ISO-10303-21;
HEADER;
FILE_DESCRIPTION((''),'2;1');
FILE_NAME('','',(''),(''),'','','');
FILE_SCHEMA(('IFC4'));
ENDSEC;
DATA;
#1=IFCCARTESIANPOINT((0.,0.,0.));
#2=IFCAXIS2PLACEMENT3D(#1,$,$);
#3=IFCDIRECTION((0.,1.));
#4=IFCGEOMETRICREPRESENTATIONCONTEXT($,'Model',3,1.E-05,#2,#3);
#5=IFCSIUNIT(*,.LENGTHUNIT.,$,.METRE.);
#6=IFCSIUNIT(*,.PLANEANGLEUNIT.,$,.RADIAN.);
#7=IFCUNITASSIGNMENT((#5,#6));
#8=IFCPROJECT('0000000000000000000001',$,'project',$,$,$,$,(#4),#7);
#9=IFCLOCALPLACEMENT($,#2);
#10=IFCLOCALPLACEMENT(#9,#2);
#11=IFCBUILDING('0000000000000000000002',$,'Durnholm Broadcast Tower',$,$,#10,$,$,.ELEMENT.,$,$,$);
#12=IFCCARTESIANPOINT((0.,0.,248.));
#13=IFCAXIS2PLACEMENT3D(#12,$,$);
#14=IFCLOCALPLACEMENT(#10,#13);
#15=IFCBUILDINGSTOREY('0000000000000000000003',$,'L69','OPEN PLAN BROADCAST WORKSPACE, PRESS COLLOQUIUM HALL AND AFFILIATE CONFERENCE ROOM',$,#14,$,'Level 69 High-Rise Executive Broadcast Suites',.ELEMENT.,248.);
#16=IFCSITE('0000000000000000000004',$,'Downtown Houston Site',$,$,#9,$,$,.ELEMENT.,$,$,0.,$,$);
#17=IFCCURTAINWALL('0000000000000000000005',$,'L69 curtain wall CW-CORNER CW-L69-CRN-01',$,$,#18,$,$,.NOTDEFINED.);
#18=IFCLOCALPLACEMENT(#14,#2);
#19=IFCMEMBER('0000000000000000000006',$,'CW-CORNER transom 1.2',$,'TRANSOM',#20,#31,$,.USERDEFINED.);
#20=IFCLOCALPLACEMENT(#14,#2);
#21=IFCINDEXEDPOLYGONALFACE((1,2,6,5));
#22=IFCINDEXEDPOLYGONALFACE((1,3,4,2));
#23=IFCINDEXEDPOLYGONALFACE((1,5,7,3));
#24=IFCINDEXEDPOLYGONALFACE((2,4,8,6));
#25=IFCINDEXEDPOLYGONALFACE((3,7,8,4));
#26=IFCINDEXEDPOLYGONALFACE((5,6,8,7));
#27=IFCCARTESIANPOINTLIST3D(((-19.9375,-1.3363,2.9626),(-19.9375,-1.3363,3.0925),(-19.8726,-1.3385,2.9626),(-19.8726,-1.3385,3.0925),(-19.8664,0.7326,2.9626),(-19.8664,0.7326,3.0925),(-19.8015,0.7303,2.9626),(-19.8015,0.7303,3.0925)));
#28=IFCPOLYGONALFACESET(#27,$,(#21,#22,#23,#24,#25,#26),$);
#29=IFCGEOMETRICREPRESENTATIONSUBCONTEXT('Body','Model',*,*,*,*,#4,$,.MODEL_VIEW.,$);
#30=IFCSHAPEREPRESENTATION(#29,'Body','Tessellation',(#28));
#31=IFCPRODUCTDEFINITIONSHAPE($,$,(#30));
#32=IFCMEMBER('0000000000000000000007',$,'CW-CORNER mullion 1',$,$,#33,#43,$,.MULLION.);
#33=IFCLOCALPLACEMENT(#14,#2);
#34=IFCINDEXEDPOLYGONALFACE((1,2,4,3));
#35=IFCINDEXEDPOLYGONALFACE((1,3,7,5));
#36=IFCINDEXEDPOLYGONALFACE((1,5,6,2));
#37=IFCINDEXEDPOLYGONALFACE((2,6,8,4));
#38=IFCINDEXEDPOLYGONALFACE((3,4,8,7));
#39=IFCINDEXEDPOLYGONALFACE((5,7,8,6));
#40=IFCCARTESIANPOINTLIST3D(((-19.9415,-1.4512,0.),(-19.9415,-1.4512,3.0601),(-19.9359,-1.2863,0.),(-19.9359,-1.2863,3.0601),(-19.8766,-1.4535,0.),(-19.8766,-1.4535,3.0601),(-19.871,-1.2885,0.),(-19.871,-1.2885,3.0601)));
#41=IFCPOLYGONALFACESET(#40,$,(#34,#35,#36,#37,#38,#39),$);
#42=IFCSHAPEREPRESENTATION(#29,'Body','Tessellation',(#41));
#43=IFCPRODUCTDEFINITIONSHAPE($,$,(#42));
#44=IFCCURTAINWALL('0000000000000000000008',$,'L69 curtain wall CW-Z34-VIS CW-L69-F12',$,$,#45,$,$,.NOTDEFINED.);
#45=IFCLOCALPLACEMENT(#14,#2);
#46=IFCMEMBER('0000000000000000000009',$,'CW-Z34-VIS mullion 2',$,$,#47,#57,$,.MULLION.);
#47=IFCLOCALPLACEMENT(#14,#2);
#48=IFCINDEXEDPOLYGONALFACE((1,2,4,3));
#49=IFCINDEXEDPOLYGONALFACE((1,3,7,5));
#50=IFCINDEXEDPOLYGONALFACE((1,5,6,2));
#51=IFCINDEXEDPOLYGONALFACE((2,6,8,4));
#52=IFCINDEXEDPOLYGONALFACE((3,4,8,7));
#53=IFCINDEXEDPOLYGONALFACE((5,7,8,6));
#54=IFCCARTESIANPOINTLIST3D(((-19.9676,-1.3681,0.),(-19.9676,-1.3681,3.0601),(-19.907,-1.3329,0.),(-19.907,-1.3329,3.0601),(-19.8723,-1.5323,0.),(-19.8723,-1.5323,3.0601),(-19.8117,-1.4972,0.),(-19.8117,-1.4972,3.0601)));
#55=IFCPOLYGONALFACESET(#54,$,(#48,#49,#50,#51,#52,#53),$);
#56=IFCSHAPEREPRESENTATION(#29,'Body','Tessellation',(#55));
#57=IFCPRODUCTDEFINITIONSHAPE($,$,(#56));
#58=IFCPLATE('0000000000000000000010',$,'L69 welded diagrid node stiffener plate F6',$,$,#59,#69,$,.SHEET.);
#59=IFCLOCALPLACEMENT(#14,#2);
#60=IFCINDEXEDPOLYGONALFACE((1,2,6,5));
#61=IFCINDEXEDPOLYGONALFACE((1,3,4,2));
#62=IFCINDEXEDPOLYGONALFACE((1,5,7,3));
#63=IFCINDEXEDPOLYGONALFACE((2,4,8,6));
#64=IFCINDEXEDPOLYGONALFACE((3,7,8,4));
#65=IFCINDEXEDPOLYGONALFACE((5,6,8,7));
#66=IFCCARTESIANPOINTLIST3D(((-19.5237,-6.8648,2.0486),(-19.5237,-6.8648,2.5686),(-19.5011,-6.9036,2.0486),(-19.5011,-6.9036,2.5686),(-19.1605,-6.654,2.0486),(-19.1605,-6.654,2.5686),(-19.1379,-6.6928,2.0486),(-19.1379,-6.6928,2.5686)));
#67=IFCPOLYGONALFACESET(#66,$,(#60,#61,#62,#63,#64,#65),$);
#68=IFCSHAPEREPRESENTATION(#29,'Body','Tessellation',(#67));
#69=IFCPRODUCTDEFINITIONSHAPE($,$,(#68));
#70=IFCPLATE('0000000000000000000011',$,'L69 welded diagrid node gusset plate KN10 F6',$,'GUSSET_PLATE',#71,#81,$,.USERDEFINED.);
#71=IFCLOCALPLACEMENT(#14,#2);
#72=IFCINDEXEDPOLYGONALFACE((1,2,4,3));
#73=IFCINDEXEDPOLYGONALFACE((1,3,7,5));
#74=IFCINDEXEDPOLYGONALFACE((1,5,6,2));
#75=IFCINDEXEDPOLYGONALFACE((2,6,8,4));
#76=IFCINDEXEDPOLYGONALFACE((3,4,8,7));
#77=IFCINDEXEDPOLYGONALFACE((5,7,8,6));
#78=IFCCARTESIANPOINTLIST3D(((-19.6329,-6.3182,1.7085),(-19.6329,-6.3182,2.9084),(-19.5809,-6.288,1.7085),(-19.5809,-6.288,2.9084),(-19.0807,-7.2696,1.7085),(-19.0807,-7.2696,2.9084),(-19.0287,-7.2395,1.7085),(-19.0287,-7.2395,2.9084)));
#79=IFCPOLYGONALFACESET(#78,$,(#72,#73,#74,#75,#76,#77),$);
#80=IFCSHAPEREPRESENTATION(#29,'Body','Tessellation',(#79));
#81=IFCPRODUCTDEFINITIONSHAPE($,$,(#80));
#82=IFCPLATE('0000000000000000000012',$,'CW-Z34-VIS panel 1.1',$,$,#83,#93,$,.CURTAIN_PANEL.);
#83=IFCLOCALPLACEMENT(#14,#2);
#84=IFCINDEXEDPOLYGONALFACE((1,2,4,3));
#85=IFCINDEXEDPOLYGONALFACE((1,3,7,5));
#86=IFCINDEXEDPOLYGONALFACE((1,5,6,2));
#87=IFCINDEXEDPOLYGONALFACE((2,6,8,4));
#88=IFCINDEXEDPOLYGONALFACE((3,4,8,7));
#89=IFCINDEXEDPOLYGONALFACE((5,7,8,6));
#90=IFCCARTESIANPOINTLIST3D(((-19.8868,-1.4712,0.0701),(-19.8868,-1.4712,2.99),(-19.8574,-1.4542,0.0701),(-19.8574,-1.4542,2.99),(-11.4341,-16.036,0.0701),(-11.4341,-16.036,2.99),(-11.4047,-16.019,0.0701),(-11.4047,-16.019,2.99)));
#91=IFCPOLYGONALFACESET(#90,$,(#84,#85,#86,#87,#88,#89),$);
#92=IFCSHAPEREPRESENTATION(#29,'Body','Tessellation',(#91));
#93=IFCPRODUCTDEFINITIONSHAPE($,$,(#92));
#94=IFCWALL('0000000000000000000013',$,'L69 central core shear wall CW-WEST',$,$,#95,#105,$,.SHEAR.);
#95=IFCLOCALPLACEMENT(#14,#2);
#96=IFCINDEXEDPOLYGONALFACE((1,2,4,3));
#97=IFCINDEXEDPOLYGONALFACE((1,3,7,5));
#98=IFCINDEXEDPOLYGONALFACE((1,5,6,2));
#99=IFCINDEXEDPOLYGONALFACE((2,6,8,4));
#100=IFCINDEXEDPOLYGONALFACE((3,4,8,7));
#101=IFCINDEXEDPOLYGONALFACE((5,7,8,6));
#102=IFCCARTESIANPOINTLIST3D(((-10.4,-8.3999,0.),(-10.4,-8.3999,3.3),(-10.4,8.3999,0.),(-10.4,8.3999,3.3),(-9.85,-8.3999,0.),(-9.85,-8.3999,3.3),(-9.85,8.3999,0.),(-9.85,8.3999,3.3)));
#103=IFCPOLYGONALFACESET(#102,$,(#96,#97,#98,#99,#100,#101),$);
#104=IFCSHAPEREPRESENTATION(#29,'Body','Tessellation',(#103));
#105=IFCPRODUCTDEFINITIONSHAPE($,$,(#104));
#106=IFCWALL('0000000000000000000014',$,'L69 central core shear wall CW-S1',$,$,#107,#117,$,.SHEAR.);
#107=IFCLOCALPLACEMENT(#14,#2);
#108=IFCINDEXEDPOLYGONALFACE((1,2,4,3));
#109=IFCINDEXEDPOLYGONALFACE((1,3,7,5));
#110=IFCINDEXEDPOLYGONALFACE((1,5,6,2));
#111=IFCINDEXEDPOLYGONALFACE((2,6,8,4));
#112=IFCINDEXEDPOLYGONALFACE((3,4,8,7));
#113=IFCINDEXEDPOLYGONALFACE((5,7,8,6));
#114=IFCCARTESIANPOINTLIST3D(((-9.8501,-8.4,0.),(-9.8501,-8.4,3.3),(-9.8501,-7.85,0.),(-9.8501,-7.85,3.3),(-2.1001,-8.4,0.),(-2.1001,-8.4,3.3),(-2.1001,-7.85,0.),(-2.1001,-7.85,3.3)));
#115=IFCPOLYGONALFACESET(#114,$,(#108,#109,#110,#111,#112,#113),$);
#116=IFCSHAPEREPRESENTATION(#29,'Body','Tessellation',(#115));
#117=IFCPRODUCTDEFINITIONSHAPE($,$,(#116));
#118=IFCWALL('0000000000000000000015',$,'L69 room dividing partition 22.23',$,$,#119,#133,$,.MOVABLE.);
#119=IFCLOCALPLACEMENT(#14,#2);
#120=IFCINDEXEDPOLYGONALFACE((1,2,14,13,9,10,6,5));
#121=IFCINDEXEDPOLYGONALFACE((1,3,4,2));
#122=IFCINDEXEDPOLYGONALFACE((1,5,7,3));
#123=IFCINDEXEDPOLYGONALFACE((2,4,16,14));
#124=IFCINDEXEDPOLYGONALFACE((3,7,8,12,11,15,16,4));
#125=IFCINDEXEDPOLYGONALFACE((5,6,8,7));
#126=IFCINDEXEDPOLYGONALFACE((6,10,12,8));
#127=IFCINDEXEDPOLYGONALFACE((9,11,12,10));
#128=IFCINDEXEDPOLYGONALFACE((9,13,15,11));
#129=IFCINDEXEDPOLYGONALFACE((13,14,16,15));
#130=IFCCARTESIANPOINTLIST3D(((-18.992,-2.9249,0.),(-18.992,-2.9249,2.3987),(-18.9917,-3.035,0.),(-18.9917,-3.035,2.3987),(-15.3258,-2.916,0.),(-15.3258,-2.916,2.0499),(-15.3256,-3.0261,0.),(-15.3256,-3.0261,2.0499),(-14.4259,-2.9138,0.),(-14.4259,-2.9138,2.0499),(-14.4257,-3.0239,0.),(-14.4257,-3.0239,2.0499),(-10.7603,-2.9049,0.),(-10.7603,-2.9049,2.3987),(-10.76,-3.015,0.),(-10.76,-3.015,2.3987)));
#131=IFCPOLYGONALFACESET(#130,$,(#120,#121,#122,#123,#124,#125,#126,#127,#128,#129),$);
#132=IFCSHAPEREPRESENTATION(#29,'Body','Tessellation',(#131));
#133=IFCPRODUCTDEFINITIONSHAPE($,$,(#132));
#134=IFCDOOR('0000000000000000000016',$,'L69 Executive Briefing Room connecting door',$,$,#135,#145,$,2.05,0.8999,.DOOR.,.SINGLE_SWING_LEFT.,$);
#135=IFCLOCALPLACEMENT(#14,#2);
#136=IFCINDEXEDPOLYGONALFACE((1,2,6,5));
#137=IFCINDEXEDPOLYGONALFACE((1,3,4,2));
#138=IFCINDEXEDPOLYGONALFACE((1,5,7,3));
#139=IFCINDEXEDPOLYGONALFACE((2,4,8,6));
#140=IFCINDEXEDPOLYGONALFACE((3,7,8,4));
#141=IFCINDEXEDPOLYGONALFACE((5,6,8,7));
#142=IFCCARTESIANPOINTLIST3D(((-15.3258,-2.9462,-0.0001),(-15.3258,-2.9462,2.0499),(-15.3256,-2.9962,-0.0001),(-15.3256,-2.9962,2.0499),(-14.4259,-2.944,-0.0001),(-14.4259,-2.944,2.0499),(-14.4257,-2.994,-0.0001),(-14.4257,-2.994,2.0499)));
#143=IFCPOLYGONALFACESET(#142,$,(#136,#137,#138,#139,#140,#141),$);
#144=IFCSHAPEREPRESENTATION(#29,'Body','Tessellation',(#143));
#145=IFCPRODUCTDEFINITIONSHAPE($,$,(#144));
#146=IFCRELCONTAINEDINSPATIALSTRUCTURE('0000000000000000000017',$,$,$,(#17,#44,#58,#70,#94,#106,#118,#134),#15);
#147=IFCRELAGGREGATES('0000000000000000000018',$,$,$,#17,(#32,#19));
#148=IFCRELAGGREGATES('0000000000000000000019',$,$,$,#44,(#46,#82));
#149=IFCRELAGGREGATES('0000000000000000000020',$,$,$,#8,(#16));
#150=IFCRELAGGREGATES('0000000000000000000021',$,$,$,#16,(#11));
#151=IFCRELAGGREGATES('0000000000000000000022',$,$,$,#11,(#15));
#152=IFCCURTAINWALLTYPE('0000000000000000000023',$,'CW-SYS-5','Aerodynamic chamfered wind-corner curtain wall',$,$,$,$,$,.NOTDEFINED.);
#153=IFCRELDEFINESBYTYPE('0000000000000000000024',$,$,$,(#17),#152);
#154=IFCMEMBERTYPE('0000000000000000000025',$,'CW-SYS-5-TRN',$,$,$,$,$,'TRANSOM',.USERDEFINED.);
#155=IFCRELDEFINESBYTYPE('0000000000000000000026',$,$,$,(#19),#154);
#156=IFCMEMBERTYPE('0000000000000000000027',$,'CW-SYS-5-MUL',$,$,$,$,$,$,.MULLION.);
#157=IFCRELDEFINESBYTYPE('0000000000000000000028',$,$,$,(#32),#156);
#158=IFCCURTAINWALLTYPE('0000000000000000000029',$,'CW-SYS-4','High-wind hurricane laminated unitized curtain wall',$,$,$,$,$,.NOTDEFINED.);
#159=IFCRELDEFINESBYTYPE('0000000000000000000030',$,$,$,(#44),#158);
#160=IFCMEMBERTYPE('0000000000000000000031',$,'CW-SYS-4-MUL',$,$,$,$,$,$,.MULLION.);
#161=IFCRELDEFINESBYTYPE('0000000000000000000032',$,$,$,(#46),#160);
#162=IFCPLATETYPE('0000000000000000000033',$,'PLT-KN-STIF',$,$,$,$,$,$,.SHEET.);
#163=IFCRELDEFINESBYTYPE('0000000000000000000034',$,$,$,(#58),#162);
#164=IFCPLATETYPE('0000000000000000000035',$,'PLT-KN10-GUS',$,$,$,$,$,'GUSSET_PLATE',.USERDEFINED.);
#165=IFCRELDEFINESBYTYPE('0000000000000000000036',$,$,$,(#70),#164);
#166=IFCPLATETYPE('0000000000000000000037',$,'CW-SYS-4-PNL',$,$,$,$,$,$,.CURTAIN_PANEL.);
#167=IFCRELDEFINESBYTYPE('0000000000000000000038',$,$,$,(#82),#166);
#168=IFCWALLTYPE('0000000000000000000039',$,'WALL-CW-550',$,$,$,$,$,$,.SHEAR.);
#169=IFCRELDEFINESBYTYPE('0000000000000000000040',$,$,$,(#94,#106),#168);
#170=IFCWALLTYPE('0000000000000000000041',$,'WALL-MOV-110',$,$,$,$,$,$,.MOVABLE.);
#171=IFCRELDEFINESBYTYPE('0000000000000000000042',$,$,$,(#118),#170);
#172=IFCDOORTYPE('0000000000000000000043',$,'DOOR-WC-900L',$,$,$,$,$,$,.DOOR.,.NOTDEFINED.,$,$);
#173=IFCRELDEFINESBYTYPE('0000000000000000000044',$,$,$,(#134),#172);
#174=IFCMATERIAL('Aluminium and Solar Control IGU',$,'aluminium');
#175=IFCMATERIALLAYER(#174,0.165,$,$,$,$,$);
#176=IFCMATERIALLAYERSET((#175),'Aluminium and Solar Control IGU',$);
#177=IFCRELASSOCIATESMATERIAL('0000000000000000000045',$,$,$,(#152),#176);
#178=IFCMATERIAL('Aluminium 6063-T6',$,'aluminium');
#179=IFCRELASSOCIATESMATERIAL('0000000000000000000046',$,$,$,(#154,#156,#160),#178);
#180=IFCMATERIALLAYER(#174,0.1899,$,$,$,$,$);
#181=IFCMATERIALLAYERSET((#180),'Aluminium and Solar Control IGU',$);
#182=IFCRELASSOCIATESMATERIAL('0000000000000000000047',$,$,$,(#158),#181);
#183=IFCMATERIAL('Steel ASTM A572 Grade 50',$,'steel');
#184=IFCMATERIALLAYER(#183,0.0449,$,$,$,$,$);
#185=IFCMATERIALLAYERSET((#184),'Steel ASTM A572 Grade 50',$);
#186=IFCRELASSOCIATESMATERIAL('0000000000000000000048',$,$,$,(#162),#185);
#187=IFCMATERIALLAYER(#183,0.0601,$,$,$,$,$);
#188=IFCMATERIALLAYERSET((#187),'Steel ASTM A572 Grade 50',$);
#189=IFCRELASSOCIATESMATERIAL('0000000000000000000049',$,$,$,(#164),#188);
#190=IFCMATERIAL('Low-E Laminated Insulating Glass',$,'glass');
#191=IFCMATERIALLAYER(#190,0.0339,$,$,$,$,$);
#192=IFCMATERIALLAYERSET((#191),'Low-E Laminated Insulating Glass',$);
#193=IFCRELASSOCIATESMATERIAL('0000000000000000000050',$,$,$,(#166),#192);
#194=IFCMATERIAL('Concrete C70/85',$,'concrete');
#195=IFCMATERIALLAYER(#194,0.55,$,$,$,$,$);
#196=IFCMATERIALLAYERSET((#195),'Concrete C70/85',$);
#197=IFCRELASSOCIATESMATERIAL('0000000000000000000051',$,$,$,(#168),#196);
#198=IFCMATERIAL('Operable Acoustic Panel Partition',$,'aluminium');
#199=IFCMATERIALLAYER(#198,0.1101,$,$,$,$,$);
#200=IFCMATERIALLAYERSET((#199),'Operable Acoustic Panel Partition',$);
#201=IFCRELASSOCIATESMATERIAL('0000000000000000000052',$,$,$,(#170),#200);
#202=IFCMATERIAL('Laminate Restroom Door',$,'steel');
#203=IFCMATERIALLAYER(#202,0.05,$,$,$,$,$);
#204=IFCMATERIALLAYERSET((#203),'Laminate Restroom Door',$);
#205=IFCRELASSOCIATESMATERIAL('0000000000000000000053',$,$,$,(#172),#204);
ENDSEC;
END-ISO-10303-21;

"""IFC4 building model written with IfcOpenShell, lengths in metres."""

from ifc_helpers import new_model, si_unit, direction, frame, frame_2d, origin, origin_2d, place, context, subcontext, project, spatial, rectangle, extrude, source, transform, mapped, material, layer, layer_set, material_profile, profile_set, type_object, type_shapes, element, fill, aggregate, save


model = new_model("IFC4")

# Units and contexts
model_context = context("Model", 3, precision=1e-05, world=origin(), true_north=direction((0.0, 1.0)))
body_context = subcontext(model_context, "Body", "Model", "MODEL_VIEW")
ifc_project = project(units=[si_unit("LENGTHUNIT", "METRE"), si_unit("PLANEANGLEUNIT", "RADIAN")], contexts=[model_context])

# Site, building, storey
site_placement = place(None, origin())
site = spatial("IfcSite", under=ifc_project, at=site_placement, Name="Downtown Houston Site", CompositionType="ELEMENT", RefElevation=0.0)
building_placement = place(site_placement, origin())
building = spatial("IfcBuilding", under=site, at=building_placement, Name="Durnholm Broadcast Tower", CompositionType="ELEMENT")
storey_placement = place(building_placement, frame((0.0, 0.0, 248.0)))
storey = spatial("IfcBuildingStorey", under=building, at=storey_placement, Name="L69", Description="OPEN PLAN BROADCAST WORKSPACE, PRESS COLLOQUIUM HALL AND AFFILIATE CONFERENCE ROOM", LongName="Level 69 High-Rise Executive Broadcast Suites", CompositionType="ELEMENT", Elevation=248.0)

# Shared definitions
ifc_material_1 = material(Name="Concrete C70/85", Category="concrete")

# Curtain wall, members
ifc_material_2 = material(Name="Aluminium and Solar Control IGU", Category="aluminium")
ifc_layer_1 = layer(ifc_material_2, 0.165)
ifc_layer_set_1 = layer_set([ifc_layer_1], Name="Aluminium and Solar Control IGU")
curtain_wall_type_1 = type_object("IfcCurtainWallType", Name="CW-SYS-5", Description="Aerodynamic chamfered wind-corner curtain wall", PredefinedType="NOTDEFINED", material=ifc_layer_set_1)
curtain_wall_1_placement = place(storey_placement, origin())
curtain_wall_1 = element("IfcCurtainWall", 1, at=curtain_wall_1_placement, inside=storey, type_object=curtain_wall_type_1, Name="L69 curtain wall CW-CORNER CW-L69-CRN-01", PredefinedType="NOTDEFINED")
ifc_material_3 = material(Name="Aluminium 6063-T6", Category="aluminium")
ifc_material_profile_1 = material_profile(ifc_material_3, rectangle(XDim=0.0649, YDim=0.1299, at=origin_2d()), Name="CWT65X130")
ifc_profile_set_1 = profile_set([ifc_material_profile_1], Name="Aluminium 6063-T6")
member_type_1 = type_object("IfcMemberType", Name="CW-SYS-5-TRN", ElementType="TRANSOM", PredefinedType="USERDEFINED", material=ifc_profile_set_1)
shared_shape_1 = source(origin(), body_context, "Body", "SweptSolid", [
    extrude(rectangle(XDim=0.0649, YDim=0.1299, at=origin_2d()), origin(), (0.0, 0.0, 1.0), 2.0701),
])
type_shapes(member_type_1, [shared_shape_1])
member_1_placement = place(storey_placement, frame((-19.905, -1.3374, 3.0276), z_axis=(0.03432, 0.999411, 0.0), x_axis=(-0.999411, 0.03432, 0.0)))
member_1 = element("IfcMember", 2, at=member_1_placement, type_object=member_type_1, Name="CW-CORNER transom 1.2", ObjectType="TRANSOM", PredefinedType="USERDEFINED", context=body_context, shape_type="MappedRepresentation", body=[
    mapped(shared_shape_1, transform((0.0, 0.0, 0.0), x_axis=(1.0, 0.0, 0.0), y_axis=(0.0, 1.0, 0.0), z_axis=(0.0, 0.0, 1.0), scale=1.0)),
])
ifc_material_profile_2 = material_profile(ifc_material_3, rectangle(XDim=0.0649, YDim=0.165, at=origin_2d()), Name="CWM65X165")
ifc_profile_set_2 = profile_set([ifc_material_profile_2], Name="Aluminium 6063-T6")
member_type_2 = type_object("IfcMemberType", Name="CW-SYS-5-MUL", PredefinedType="MULLION", material=ifc_profile_set_2)
shared_shape_2 = source(origin(), body_context, "Body", "SweptSolid", [
    extrude(rectangle(XDim=0.0649, YDim=0.165, at=origin_2d()), origin(), (0.0, 0.0, 1.0), 3.0601),
])
type_shapes(member_type_2, [shared_shape_2])
member_2_placement = place(storey_placement, frame((-19.9062, -1.3699, 0.0), z_axis=(0.0, 0.0, 1.0), x_axis=(-0.999411, 0.034318, 0.0)))
member_2 = element("IfcMember", 3, at=member_2_placement, type_object=member_type_2, Name="CW-CORNER mullion 1", PredefinedType="MULLION", context=body_context, shape_type="MappedRepresentation", body=[
    mapped(shared_shape_2, transform((0.0, 0.0, 0.0), x_axis=(1.0, 0.0, 0.0), y_axis=(0.0, 1.0, 0.0), z_axis=(0.0, 0.0, 1.0), scale=1.0)),
])
aggregate(curtain_wall_1, [member_2, member_1])

# Curtain wall, member
ifc_layer_2 = layer(ifc_material_2, 0.1899)
ifc_layer_set_2 = layer_set([ifc_layer_2], Name="Aluminium and Solar Control IGU")
curtain_wall_type_2 = type_object("IfcCurtainWallType", Name="CW-SYS-4", Description="High-wind hurricane laminated unitized curtain wall", PredefinedType="NOTDEFINED", material=ifc_layer_set_2)
curtain_wall_2_placement = place(storey_placement, origin())
curtain_wall_2 = element("IfcCurtainWall", 4, at=curtain_wall_2_placement, inside=storey, type_object=curtain_wall_type_2, Name="L69 curtain wall CW-Z34-VIS CW-L69-F12", PredefinedType="NOTDEFINED")
ifc_material_profile_3 = material_profile(ifc_material_3, rectangle(XDim=0.0701, YDim=0.1899, at=origin_2d()), Name="CWM70X190")
ifc_profile_set_3 = profile_set([ifc_material_profile_3], Name="Aluminium 6063-T6")
member_type_3 = type_object("IfcMemberType", Name="CW-SYS-4-MUL", PredefinedType="MULLION", material=ifc_profile_set_3)
shared_shape_3 = source(origin(), body_context, "Body", "SweptSolid", [
    extrude(rectangle(XDim=0.0701, YDim=0.1899, at=origin_2d()), origin(), (0.0, 0.0, 1.0), 3.0601),
])
type_shapes(member_type_3, [shared_shape_3])
member_3_placement = place(storey_placement, frame((-19.8896, -1.4326, 0.0), z_axis=(0.0, 0.0, 1.0), x_axis=(-0.8649, -0.501944, 0.0)))
member_3 = element("IfcMember", 5, at=member_3_placement, type_object=member_type_3, Name="CW-Z34-VIS mullion 2", PredefinedType="MULLION", context=body_context, shape_type="MappedRepresentation", body=[
    mapped(shared_shape_3, transform((0.0, 0.0, 0.0), x_axis=(1.0, 0.0, 0.0), y_axis=(0.0, 1.0, 0.0), z_axis=(0.0, 0.0, 1.0), scale=1.0)),
])

# Plates
ifc_material_4 = material(Name="Steel ASTM A572 Grade 50", Category="steel")
ifc_layer_3 = layer(ifc_material_4, 0.0449)
ifc_layer_set_3 = layer_set([ifc_layer_3], Name="Steel ASTM A572 Grade 50")
plate_type_1 = type_object("IfcPlateType", Name="PLT-KN-STIF", PredefinedType="SHEET", material=ifc_layer_set_3)
shared_shape_4 = source(origin(), body_context, "Body", "SweptSolid", [
    extrude(rectangle(XDim=0.0449, YDim=0.4199, at=origin_2d()), origin(), (0.0, 0.0, 1.0), 0.52),
])
type_shapes(plate_type_1, [shared_shape_4])
plate_1_placement = place(storey_placement, frame((-19.3308, -6.7788, 2.0486), z_axis=(0.0, 0.0, 1.0), x_axis=(0.501964, -0.864889, 0.0)))
element("IfcPlate", 6, at=plate_1_placement, inside=storey, type_object=plate_type_1, Name="L69 welded diagrid node stiffener plate F6", PredefinedType="SHEET", context=body_context, shape_type="MappedRepresentation", body=[
    mapped(shared_shape_4, transform((0.0, 0.0, 0.0), x_axis=(1.0, 0.0, 0.0), y_axis=(0.0, 1.0, 0.0), z_axis=(0.0, 0.0, 1.0), scale=1.0)),
])
ifc_layer_4 = layer(ifc_material_4, 0.0601)
ifc_layer_set_4 = layer_set([ifc_layer_4], Name="Steel ASTM A572 Grade 50")
plate_type_2 = type_object("IfcPlateType", Name="PLT-KN10-GUS", ElementType="GUSSET_PLATE", PredefinedType="USERDEFINED", material=ifc_layer_set_4)
shared_shape_5 = source(origin(), body_context, "Body", "SweptSolid", [
    extrude(rectangle(XDim=1.1001, YDim=0.0601, at=origin_2d()), origin(), (0.0, 0.0, 1.0), 1.2),
])
type_shapes(plate_type_2, [shared_shape_5])
plate_2_placement = place(storey_placement, frame((-19.3308, -6.7788, 1.7085), z_axis=(0.0, 0.0, 1.0), x_axis=(0.501964, -0.864889, 0.0)))
element("IfcPlate", 7, at=plate_2_placement, inside=storey, type_object=plate_type_2, Name="L69 welded diagrid node gusset plate KN10 F6", ObjectType="GUSSET_PLATE", PredefinedType="USERDEFINED", context=body_context, shape_type="MappedRepresentation", body=[
    mapped(shared_shape_5, transform((0.0, 0.0, 0.0), x_axis=(1.0, 0.0, 0.0), y_axis=(0.0, 1.0, 0.0), z_axis=(0.0, 0.0, 1.0), scale=1.0)),
])

# Plate
ifc_material_5 = material(Name="Low-E Laminated Insulating Glass", Category="glass")
ifc_layer_5 = layer(ifc_material_5, 0.0339)
ifc_layer_set_5 = layer_set([ifc_layer_5], Name="Low-E Laminated Insulating Glass")
plate_type_3 = type_object("IfcPlateType", Name="CW-SYS-4-PNL", PredefinedType="CURTAIN_PANEL", material=ifc_layer_set_5)
shared_shape_6 = source(origin(), body_context, "Body", "SweptSolid", [
    extrude(rectangle(XDim=16.8398, YDim=0.0339, at=origin_2d()), origin(), (0.0, 0.0, 1.0), 2.9199),
])
type_shapes(plate_type_3, [shared_shape_6])
plate_3_placement = place(storey_placement, frame((-15.6458, -8.7451, 0.0701), z_axis=(0.0, 0.0, 1.0), x_axis=(-0.501944, 0.8649, 0.0)))
plate_3 = element("IfcPlate", 8, at=plate_3_placement, type_object=plate_type_3, Name="CW-Z34-VIS panel 1.1", PredefinedType="CURTAIN_PANEL", context=body_context, shape_type="MappedRepresentation", body=[
    mapped(shared_shape_6, transform((0.0, 0.0, 0.0), x_axis=(1.0, 0.0, 0.0), y_axis=(0.0, 1.0, 0.0), z_axis=(0.0, 0.0, 1.0), scale=1.0)),
])
aggregate(curtain_wall_2, [member_3, plate_3])

# Walls
ifc_layer_6 = layer(ifc_material_1, 0.55)
ifc_layer_set_6 = layer_set([ifc_layer_6], Name="Concrete C70/85")
wall_type_1 = type_object("IfcWallType", Name="WALL-CW-550", PredefinedType="SHEAR", material=ifc_layer_set_6)
wall_1_placement = place(storey_placement, frame((-10.125, -8.3999, 0.0), z_axis=(0.0, 0.0, 1.0), x_axis=(0.0, 1.0, 0.0)))
element("IfcWall", 9, at=wall_1_placement, inside=storey, type_object=wall_type_1, Name="L69 central core shear wall CW-WEST", PredefinedType="SHEAR", context=body_context, shape_type="SweptSolid", body=[
    extrude(rectangle(XDim=16.7998, YDim=0.55, at=frame_2d((8.3999, 0.0))), origin(), (0.0, 0.0, 1.0), 3.3),
])
wall_2_placement = place(storey_placement, frame((-9.8501, -8.125, 0.0), z_axis=(0.0, 0.0, 1.0), x_axis=(1.0, 0.0, 0.0)))
element("IfcWall", 10, at=wall_2_placement, inside=storey, type_object=wall_type_1, Name="L69 central core shear wall CW-S1", PredefinedType="SHEAR", context=body_context, shape_type="SweptSolid", body=[
    extrude(rectangle(XDim=7.75, YDim=0.55, at=frame_2d((3.875, 0.0))), origin(), (0.0, 0.0, 1.0), 3.3),
])

# Wall, opening, door
ifc_material_6 = material(Name="Operable Acoustic Panel Partition", Category="aluminium")
ifc_layer_7 = layer(ifc_material_6, 0.1101)
ifc_layer_set_7 = layer_set([ifc_layer_7], Name="Operable Acoustic Panel Partition")
wall_type_2 = type_object("IfcWallType", Name="WALL-MOV-110", PredefinedType="MOVABLE", material=ifc_layer_set_7)
wall_3_placement = place(storey_placement, frame((-18.9917, -2.98, 0.0), z_axis=(0.0, 0.0, 1.0), x_axis=(0.999997, 0.002432, 0.0)))
wall_3 = element("IfcWall", 11, at=wall_3_placement, inside=storey, type_object=wall_type_2, Name="L69 room dividing partition 22.23", PredefinedType="MOVABLE", context=body_context, shape_type="SweptSolid", body=[
    extrude(rectangle(XDim=8.2317, YDim=0.1101, at=frame_2d((4.1157, 0.0))), origin(), (0.0, 0.0, 1.0), 2.3987),
])
opening_1_placement = place(wall_3_placement, frame((3.666, 0.0, 0.0)))
opening_1 = element("IfcOpeningElement", 12, at=opening_1_placement, cuts=wall_3, PredefinedType="OPENING", context=body_context, shape_type="SweptSolid", body=[
    extrude(rectangle(XDim=0.8999, YDim=2.05, at=frame_2d((0.45, 1.0249))), frame((0.0, 0.0649, 0.0), z_axis=(0.0, -1.0, 0.0), x_axis=(1.0, 0.0, 0.0)), (0.0, 0.0, 1.0), 0.1301),
])
ifc_material_7 = material(Name="Laminate Restroom Door", Category="steel")
ifc_layer_8 = layer(ifc_material_7, 0.05)
ifc_layer_set_8 = layer_set([ifc_layer_8], Name="Laminate Restroom Door")
door_type_1 = type_object("IfcDoorType", Name="DOOR-WC-900L", OperationType="NOTDEFINED", PredefinedType="DOOR", material=ifc_layer_set_8)
shared_shape_7 = source(origin(), body_context, "Body", "SweptSolid", [
    extrude(rectangle(XDim=0.8999, YDim=2.05, at=frame_2d((0.45, 1.0249))), frame((0.0, 0.0249, 0.0), z_axis=(0.0, -1.0, 0.0), x_axis=(1.0, 0.0, 0.0)), (0.0, 0.0, 1.0), 0.05),
])
type_shapes(door_type_1, [shared_shape_7])
door_1_placement = place(opening_1_placement, origin())
door_1 = element("IfcDoor", 13, at=door_1_placement, inside=storey, type_object=door_type_1, Name="L69 Executive Briefing Room connecting door", OperationType="SINGLE_SWING_LEFT", OverallHeight=2.05, OverallWidth=0.8999, PredefinedType="DOOR", context=body_context, shape_type="MappedRepresentation", body=[
    mapped(shared_shape_7, transform((0.0, 0.0, 0.0), x_axis=(1.0, 0.0, 0.0), y_axis=(0.0, 1.0, 0.0), z_axis=(0.0, 0.0, 1.0), scale=1.0)),
])
fill(opening_1, door_1)

save(model, "model.ifc")
